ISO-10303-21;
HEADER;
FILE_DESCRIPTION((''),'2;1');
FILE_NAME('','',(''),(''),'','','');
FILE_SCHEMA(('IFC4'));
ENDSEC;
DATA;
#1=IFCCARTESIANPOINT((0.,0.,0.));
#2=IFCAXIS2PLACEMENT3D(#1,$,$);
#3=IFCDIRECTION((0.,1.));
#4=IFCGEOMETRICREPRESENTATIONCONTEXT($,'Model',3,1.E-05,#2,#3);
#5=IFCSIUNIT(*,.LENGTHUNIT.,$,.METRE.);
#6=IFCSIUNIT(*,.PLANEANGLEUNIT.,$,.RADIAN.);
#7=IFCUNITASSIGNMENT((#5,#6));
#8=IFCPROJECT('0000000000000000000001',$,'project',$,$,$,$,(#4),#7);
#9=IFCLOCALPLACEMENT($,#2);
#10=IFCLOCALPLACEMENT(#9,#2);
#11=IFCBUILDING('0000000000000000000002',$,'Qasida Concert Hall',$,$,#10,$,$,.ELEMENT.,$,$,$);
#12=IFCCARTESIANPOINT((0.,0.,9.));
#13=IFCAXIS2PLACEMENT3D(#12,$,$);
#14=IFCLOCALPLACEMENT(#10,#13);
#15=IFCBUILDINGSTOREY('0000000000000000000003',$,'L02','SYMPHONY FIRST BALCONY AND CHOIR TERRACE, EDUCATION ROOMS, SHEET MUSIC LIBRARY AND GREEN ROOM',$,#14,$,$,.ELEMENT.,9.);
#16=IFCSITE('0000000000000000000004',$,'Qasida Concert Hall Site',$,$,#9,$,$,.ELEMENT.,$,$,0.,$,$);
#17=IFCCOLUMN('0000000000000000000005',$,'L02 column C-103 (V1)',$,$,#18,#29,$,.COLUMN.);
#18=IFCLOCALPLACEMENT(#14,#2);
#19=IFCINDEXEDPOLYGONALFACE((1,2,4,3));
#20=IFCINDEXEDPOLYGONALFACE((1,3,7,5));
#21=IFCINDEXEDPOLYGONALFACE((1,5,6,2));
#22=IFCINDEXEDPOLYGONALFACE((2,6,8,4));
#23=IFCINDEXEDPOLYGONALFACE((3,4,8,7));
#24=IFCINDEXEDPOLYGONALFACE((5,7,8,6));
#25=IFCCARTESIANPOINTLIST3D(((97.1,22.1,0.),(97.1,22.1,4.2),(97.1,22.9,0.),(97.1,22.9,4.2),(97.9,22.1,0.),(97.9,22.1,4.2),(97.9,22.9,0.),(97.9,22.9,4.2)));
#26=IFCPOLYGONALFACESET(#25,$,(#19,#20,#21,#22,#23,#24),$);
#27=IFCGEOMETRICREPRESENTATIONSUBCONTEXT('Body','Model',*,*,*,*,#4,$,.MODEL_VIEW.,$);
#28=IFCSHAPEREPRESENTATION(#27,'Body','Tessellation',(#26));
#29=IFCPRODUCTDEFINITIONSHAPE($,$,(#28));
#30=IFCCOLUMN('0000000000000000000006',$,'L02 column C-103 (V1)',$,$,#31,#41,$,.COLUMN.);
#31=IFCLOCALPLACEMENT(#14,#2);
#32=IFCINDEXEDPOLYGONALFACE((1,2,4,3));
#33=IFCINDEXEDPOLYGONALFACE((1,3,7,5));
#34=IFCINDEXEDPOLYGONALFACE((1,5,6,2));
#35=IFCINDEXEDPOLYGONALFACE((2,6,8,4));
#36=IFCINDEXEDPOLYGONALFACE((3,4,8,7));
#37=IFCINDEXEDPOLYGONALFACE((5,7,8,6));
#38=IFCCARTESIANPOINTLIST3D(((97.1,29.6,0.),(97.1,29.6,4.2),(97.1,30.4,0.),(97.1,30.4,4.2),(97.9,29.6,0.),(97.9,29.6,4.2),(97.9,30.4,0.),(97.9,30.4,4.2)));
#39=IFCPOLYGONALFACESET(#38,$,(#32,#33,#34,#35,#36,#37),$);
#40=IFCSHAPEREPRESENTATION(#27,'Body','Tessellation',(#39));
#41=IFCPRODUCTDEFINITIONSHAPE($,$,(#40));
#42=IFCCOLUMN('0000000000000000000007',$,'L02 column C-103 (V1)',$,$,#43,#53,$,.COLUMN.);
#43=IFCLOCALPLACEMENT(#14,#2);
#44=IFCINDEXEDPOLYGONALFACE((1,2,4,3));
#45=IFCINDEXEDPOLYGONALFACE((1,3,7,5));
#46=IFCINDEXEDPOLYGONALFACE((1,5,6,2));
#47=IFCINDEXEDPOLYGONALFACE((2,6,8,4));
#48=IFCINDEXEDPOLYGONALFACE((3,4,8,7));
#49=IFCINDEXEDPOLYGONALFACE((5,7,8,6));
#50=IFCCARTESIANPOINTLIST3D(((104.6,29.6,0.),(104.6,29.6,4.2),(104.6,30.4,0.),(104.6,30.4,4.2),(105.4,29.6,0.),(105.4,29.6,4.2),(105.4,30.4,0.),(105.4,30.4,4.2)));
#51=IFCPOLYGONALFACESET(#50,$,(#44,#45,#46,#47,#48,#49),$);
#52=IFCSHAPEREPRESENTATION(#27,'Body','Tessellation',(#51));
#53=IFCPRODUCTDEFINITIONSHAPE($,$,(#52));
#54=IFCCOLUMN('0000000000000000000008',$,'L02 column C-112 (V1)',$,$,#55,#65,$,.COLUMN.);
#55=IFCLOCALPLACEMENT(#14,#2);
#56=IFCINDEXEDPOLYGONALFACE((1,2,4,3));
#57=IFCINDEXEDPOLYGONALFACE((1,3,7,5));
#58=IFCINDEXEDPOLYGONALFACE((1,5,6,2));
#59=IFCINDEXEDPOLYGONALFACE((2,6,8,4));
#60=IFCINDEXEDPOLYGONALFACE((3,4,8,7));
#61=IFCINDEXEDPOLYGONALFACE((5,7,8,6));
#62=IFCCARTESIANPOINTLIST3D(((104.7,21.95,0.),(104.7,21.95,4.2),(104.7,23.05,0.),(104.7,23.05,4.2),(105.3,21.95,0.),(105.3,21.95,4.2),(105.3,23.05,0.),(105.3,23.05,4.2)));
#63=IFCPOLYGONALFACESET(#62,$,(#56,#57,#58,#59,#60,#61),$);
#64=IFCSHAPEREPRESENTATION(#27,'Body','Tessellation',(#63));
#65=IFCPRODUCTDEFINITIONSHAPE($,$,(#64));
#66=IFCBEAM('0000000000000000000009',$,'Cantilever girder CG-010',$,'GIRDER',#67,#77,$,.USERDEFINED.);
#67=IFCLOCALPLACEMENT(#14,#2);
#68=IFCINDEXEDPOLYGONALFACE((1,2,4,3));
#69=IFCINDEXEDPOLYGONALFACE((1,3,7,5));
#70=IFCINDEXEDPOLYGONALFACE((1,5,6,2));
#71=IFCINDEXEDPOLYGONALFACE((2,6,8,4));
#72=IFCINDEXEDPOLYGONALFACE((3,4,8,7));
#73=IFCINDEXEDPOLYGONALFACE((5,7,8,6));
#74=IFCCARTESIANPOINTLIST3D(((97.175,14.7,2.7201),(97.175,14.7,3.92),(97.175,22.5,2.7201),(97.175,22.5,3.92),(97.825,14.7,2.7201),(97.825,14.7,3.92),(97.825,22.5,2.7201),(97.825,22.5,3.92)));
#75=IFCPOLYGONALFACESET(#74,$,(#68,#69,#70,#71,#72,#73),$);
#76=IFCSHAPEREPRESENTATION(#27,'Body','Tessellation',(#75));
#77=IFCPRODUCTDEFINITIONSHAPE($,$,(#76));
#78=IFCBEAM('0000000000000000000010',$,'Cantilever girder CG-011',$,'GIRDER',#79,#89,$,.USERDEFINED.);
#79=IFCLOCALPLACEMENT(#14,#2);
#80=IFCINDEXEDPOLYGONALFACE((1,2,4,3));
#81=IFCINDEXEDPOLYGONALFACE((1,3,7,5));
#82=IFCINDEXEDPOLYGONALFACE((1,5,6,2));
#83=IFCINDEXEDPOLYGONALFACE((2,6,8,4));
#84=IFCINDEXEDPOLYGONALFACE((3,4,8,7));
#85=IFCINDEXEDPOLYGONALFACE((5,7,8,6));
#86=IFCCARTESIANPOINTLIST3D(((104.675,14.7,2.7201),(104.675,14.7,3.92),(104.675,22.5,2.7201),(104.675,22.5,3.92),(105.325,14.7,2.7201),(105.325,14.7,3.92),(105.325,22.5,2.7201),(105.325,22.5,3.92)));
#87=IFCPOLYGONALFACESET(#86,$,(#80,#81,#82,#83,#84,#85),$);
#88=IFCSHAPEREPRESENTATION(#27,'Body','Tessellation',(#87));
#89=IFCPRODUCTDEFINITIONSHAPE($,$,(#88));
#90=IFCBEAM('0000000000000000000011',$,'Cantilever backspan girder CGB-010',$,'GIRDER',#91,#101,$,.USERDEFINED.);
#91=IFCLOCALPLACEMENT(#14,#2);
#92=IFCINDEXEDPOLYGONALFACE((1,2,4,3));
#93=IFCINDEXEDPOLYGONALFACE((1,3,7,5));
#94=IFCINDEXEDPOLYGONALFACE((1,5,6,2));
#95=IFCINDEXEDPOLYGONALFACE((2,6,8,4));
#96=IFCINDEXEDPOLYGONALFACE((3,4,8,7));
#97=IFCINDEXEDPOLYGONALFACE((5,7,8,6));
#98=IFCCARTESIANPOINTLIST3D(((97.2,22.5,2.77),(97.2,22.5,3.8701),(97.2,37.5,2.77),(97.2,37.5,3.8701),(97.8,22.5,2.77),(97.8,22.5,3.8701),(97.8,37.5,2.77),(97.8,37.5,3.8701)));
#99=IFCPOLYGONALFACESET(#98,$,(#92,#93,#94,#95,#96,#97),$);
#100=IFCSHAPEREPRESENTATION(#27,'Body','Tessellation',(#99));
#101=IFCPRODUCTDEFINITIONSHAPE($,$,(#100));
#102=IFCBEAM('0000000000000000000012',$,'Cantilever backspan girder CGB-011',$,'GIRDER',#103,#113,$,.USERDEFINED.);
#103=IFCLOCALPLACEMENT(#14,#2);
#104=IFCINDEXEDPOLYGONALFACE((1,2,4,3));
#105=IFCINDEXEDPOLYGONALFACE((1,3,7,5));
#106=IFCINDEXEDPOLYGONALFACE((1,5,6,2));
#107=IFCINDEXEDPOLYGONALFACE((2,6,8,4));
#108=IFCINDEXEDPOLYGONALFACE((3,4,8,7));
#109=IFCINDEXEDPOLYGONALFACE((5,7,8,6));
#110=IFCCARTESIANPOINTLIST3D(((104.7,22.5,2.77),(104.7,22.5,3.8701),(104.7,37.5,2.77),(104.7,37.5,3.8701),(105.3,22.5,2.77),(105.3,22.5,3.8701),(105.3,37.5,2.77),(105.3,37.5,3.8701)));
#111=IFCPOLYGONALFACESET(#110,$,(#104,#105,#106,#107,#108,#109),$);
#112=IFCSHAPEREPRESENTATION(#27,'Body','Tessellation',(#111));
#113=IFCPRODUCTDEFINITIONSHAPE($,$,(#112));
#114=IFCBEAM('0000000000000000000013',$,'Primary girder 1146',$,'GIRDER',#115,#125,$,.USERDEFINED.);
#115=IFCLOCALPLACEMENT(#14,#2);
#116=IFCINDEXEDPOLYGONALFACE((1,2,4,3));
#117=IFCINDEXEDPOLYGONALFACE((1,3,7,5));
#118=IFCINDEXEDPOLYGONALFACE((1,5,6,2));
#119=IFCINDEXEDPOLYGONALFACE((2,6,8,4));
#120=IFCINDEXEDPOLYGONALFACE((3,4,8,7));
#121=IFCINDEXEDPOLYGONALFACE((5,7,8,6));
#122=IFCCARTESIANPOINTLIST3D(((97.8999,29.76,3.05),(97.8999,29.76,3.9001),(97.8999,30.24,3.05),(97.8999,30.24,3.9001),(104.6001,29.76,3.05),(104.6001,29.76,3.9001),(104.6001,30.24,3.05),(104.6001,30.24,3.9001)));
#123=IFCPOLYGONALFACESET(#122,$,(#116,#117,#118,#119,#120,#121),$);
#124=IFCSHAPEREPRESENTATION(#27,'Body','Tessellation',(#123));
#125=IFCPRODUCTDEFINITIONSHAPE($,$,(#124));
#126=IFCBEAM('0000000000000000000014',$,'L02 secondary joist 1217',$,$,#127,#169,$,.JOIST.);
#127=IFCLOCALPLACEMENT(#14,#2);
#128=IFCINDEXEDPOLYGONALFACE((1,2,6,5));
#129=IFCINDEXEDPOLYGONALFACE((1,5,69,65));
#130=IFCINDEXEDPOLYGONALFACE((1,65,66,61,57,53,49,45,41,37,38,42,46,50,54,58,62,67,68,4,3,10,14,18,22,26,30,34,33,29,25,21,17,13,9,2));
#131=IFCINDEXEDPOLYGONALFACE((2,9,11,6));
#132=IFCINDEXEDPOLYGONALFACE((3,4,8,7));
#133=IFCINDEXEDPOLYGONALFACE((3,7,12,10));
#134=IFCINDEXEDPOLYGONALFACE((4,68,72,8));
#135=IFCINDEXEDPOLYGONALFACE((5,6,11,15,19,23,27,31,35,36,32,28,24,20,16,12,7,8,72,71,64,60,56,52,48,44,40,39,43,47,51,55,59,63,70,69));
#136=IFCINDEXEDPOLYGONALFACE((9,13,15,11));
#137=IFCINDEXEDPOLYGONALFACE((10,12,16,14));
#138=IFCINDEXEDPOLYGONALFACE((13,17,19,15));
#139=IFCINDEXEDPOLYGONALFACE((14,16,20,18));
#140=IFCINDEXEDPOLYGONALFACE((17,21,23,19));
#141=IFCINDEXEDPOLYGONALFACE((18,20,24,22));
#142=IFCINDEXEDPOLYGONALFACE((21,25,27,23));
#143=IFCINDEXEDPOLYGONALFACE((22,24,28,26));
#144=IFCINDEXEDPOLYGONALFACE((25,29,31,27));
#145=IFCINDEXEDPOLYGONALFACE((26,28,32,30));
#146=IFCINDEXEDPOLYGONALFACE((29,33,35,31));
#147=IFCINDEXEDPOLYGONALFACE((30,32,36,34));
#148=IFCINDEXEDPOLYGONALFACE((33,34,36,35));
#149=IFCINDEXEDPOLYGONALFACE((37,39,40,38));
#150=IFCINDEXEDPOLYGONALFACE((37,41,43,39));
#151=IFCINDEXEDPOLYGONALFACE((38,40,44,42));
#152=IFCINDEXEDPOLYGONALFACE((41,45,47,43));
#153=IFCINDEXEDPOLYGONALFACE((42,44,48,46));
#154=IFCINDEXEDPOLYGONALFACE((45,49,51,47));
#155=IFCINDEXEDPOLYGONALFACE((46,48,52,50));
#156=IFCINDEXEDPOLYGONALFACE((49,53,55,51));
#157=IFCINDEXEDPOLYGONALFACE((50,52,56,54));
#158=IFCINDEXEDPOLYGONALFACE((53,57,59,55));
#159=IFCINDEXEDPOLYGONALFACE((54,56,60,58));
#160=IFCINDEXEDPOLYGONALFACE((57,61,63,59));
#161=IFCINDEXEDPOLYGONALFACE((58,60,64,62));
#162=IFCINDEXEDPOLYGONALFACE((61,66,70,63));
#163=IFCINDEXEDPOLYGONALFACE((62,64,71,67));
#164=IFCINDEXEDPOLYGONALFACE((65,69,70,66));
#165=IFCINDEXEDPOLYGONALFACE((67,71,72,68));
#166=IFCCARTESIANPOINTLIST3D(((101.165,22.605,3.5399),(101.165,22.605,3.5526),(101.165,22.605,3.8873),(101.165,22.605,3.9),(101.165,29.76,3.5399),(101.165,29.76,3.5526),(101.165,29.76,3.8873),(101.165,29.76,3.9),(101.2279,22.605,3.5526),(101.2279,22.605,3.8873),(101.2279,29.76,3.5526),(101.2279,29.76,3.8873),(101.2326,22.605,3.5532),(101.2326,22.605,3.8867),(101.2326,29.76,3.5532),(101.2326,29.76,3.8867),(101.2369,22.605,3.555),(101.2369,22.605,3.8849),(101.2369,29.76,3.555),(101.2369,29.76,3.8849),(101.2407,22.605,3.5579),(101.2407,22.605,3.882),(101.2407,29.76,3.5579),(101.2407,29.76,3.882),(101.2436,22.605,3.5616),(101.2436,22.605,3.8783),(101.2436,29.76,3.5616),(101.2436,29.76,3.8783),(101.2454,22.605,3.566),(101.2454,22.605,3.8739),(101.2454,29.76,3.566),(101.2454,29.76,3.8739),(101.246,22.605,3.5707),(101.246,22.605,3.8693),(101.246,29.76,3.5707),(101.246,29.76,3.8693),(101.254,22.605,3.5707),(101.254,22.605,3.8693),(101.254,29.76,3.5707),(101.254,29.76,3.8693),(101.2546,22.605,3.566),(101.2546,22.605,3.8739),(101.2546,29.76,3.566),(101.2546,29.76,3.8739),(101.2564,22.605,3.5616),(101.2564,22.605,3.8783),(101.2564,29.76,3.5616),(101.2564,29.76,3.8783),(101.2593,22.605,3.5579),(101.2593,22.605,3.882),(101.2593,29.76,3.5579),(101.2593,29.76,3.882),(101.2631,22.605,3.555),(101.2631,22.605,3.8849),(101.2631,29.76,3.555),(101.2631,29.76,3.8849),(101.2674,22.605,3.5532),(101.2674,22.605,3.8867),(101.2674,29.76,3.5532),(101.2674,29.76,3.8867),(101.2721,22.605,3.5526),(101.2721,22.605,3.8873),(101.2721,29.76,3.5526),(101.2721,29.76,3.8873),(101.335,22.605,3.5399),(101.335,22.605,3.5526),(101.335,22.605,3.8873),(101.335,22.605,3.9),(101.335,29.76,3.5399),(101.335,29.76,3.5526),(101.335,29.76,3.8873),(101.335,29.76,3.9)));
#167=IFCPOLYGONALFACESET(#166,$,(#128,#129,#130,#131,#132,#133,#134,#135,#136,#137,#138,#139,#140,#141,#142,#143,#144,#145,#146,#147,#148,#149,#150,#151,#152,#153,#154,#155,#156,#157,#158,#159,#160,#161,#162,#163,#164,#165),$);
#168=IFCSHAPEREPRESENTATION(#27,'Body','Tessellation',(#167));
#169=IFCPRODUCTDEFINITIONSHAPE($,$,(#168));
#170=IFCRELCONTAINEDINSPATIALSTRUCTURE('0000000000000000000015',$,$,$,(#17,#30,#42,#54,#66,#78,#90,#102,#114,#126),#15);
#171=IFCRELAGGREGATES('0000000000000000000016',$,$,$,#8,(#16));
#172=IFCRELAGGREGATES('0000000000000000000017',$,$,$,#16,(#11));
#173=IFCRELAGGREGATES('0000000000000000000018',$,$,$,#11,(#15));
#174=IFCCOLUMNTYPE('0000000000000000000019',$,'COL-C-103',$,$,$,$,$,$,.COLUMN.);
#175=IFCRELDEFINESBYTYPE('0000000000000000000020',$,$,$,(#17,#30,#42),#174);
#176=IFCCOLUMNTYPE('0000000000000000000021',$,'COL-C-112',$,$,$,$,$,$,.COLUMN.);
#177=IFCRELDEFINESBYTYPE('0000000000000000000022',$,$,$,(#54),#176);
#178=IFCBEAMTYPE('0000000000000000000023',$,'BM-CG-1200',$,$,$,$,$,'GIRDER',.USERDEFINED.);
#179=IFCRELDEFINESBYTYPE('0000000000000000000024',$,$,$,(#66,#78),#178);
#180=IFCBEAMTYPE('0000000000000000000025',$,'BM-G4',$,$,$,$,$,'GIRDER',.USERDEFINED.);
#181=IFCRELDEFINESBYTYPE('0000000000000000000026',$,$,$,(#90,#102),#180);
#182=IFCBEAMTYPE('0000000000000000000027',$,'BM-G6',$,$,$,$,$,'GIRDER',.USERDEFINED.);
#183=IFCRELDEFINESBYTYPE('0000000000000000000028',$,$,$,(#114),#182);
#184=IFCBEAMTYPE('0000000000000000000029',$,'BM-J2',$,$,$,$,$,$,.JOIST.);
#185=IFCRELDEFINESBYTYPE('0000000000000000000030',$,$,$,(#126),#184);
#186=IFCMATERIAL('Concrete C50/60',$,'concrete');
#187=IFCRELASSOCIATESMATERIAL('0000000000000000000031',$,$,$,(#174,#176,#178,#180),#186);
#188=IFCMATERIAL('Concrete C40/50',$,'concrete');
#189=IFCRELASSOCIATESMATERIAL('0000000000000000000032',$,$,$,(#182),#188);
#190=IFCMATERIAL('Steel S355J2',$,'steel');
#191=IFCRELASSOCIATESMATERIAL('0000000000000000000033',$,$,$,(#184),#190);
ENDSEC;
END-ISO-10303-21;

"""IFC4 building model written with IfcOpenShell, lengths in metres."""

from ifc_helpers import new_model, si_unit, direction, frame, origin, origin_2d, place, context, subcontext, project, spatial, rectangle, i_section, extrude, material, material_profile, profile_set, type_object, element, save


model = new_model("IFC4")

# Units and contexts
model_context = context("Model", 3, precision=1e-05, world=origin(), true_north=direction((0.0, 1.0)))
body_context = subcontext(model_context, "Body", "Model", "MODEL_VIEW")
ifc_project = project(units=[si_unit("LENGTHUNIT", "METRE"), si_unit("PLANEANGLEUNIT", "RADIAN")], contexts=[model_context])

# Site, building, storey
site_placement = place(None, origin())
site = spatial("IfcSite", under=ifc_project, at=site_placement, Name="Qasida Concert Hall Site", CompositionType="ELEMENT", RefElevation=0.0)
building_placement = place(site_placement, origin())
building = spatial("IfcBuilding", under=site, at=building_placement, Name="Qasida Concert Hall", CompositionType="ELEMENT")
storey_placement = place(building_placement, frame((0.0, 0.0, 9.0)))
storey = spatial("IfcBuildingStorey", under=building, at=storey_placement, Name="L02", Description="SYMPHONY FIRST BALCONY AND CHOIR TERRACE, EDUCATION ROOMS, SHEET MUSIC LIBRARY AND GREEN ROOM", CompositionType="ELEMENT", Elevation=9.0)

# Columns
ifc_material_1 = material(Name="Concrete C50/60", Category="concrete")
ifc_material_profile_1 = material_profile(ifc_material_1, rectangle(XDim=0.8, YDim=0.8, at=origin_2d()), Name="RC 800x800")
ifc_profile_set_1 = profile_set([ifc_material_profile_1], Name="Concrete C50/60")
column_type_1 = type_object("IfcColumnType", Name="COL-C-103", PredefinedType="COLUMN", material=ifc_profile_set_1)
for number, where, z_axis, x_axis, name in (
    (1, (97.5, 22.5, 0.0), (0.0, 0.0, 1.0), (1.0, 0.0, 0.0), "L02 column C-103 (V1)"),
    (2, (97.5, 30.0, 0.0), (0.0, 0.0, 1.0), (1.0, 0.0, 0.0), "L02 column C-103 (V1)"),
    (3, (105.0, 30.0, 0.0), (0.0, 0.0, 1.0), (1.0, 0.0, 0.0), "L02 column C-103 (V1)"),
):
    element("IfcColumn", number, at=place(storey_placement, frame(where, z_axis=z_axis, x_axis=x_axis)), inside=storey, type_object=column_type_1, Name=name, PredefinedType="COLUMN", context=body_context, shape_type="SweptSolid", body=[
        extrude(rectangle(XDim=0.8, YDim=0.8, at=origin_2d()), origin(), (0.0, 0.0, 1.0), 4.2),
    ])
ifc_material_profile_2 = material_profile(ifc_material_1, rectangle(XDim=0.6001, YDim=1.1001, at=origin_2d()), Name="RC 600x1100")
ifc_profile_set_2 = profile_set([ifc_material_profile_2], Name="Concrete C50/60")
column_type_2 = type_object("IfcColumnType", Name="COL-C-112", PredefinedType="COLUMN", material=ifc_profile_set_2)
column_placement = place(storey_placement, frame((105.0, 22.5, 0.0), z_axis=(0.0, 0.0, 1.0), x_axis=(1.0, 0.0, 0.0)))
element("IfcColumn", 4, at=column_placement, inside=storey, type_object=column_type_2, Name="L02 column C-112 (V1)", PredefinedType="COLUMN", context=body_context, shape_type="SweptSolid", body=[
    extrude(rectangle(XDim=0.6001, YDim=1.1001, at=origin_2d()), origin(), (0.0, 0.0, 1.0), 4.2),
])

# Beams
ifc_material_profile_3 = material_profile(ifc_material_1, rectangle(XDim=0.6499, YDim=1.2, at=origin_2d()), Name="RC 650x1200")
ifc_profile_set_3 = profile_set([ifc_material_profile_3], Name="Concrete C50/60")
beam_type_1 = type_object("IfcBeamType", Name="BM-CG-1200", ElementType="GIRDER", PredefinedType="USERDEFINED", material=ifc_profile_set_3)
for number, where, z_axis, x_axis, name in (
    (5, (97.5, 22.5, 3.3201), (0.0, -1.0, 0.0), (1.0, 0.0, 0.0), "Cantilever girder CG-010"),
    (6, (105.0, 22.5, 3.3201), (0.0, -1.0, 0.0), (1.0, 0.0, 0.0), "Cantilever girder CG-011"),
):
    element("IfcBeam", number, at=place(storey_placement, frame(where, z_axis=z_axis, x_axis=x_axis)), inside=storey, type_object=beam_type_1, Name=name, ObjectType="GIRDER", PredefinedType="USERDEFINED", context=body_context, shape_type="SweptSolid", body=[
        extrude(rectangle(XDim=0.6499, YDim=1.2, at=origin_2d()), origin(), (0.0, 0.0, 1.0), 7.8),
    ])
ifc_material_profile_4 = material_profile(ifc_material_1, rectangle(XDim=0.6001, YDim=1.1001, at=origin_2d()), Name="RC 600x1100")
ifc_profile_set_4 = profile_set([ifc_material_profile_4], Name="Concrete C50/60")
beam_type_2 = type_object("IfcBeamType", Name="BM-G4", ElementType="GIRDER", PredefinedType="USERDEFINED", material=ifc_profile_set_4)
for number, where, z_axis, x_axis, name in (
    (7, (97.5, 22.5, 3.3201), (0.0, 1.0, 0.0), (-1.0, 0.0, 0.0), "Cantilever backspan girder CGB-010"),
    (8, (105.0, 22.5, 3.3201), (0.0, 1.0, 0.0), (-1.0, 0.0, 0.0), "Cantilever backspan girder CGB-011"),
):
    element("IfcBeam", number, at=place(storey_placement, frame(where, z_axis=z_axis, x_axis=x_axis)), inside=storey, type_object=beam_type_2, Name=name, ObjectType="GIRDER", PredefinedType="USERDEFINED", context=body_context, shape_type="SweptSolid", body=[
        extrude(rectangle(XDim=0.6001, YDim=1.1001, at=origin_2d()), origin(), (0.0, 0.0, 1.0), 15.0),
    ])
ifc_material_2 = material(Name="Concrete C40/50", Category="concrete")
ifc_material_profile_5 = material_profile(ifc_material_2, rectangle(XDim=0.48, YDim=0.8501, at=origin_2d()), Name="RC 480x850")
ifc_profile_set_5 = profile_set([ifc_material_profile_5], Name="Concrete C40/50")
beam_type_3 = type_object("IfcBeamType", Name="BM-G6", ElementType="GIRDER", PredefinedType="USERDEFINED", material=ifc_profile_set_5)
beam_1_placement = place(storey_placement, frame((97.8999, 30.0, 3.4751), z_axis=(1.0, 0.0, 0.0), x_axis=(0.0, 1.0, 0.0)))
element("IfcBeam", 9, at=beam_1_placement, inside=storey, type_object=beam_type_3, Name="Primary girder 1146", ObjectType="GIRDER", PredefinedType="USERDEFINED", context=body_context, shape_type="SweptSolid", body=[
    extrude(rectangle(XDim=0.48, YDim=0.8501, at=origin_2d()), origin(), (0.0, 0.0, 1.0), 6.7002),
])
ifc_material_3 = material(Name="Steel S355J2", Category="steel")
ifc_material_profile_6 = material_profile(ifc_material_3, i_section(OverallWidth=0.1699, OverallDepth=0.3601, WebThickness=0.0081, FlangeThickness=0.0127, FilletRadius=0.0181, at=origin_2d()), Name="IPE 360")
ifc_profile_set_6 = profile_set([ifc_material_profile_6], Name="Steel S355J2")
beam_type_4 = type_object("IfcBeamType", Name="BM-J2", PredefinedType="JOIST", material=ifc_profile_set_6)
beam_2_placement = place(storey_placement, frame((101.25, 22.605, 3.72), z_axis=(0.0, 1.0, 0.0), x_axis=(-1.0, 0.0, 0.0)))
element("IfcBeam", 10, at=beam_2_placement, inside=storey, type_object=beam_type_4, Name="L02 secondary joist 1217", PredefinedType="JOIST", context=body_context, shape_type="SweptSolid", body=[
    extrude(i_section(OverallWidth=0.1699, OverallDepth=0.3601, WebThickness=0.0081, FlangeThickness=0.0127, FilletRadius=0.0181, at=origin_2d()), origin(), (0.0, 0.0, 1.0), 7.155),
])

save(model, "model.ifc")
